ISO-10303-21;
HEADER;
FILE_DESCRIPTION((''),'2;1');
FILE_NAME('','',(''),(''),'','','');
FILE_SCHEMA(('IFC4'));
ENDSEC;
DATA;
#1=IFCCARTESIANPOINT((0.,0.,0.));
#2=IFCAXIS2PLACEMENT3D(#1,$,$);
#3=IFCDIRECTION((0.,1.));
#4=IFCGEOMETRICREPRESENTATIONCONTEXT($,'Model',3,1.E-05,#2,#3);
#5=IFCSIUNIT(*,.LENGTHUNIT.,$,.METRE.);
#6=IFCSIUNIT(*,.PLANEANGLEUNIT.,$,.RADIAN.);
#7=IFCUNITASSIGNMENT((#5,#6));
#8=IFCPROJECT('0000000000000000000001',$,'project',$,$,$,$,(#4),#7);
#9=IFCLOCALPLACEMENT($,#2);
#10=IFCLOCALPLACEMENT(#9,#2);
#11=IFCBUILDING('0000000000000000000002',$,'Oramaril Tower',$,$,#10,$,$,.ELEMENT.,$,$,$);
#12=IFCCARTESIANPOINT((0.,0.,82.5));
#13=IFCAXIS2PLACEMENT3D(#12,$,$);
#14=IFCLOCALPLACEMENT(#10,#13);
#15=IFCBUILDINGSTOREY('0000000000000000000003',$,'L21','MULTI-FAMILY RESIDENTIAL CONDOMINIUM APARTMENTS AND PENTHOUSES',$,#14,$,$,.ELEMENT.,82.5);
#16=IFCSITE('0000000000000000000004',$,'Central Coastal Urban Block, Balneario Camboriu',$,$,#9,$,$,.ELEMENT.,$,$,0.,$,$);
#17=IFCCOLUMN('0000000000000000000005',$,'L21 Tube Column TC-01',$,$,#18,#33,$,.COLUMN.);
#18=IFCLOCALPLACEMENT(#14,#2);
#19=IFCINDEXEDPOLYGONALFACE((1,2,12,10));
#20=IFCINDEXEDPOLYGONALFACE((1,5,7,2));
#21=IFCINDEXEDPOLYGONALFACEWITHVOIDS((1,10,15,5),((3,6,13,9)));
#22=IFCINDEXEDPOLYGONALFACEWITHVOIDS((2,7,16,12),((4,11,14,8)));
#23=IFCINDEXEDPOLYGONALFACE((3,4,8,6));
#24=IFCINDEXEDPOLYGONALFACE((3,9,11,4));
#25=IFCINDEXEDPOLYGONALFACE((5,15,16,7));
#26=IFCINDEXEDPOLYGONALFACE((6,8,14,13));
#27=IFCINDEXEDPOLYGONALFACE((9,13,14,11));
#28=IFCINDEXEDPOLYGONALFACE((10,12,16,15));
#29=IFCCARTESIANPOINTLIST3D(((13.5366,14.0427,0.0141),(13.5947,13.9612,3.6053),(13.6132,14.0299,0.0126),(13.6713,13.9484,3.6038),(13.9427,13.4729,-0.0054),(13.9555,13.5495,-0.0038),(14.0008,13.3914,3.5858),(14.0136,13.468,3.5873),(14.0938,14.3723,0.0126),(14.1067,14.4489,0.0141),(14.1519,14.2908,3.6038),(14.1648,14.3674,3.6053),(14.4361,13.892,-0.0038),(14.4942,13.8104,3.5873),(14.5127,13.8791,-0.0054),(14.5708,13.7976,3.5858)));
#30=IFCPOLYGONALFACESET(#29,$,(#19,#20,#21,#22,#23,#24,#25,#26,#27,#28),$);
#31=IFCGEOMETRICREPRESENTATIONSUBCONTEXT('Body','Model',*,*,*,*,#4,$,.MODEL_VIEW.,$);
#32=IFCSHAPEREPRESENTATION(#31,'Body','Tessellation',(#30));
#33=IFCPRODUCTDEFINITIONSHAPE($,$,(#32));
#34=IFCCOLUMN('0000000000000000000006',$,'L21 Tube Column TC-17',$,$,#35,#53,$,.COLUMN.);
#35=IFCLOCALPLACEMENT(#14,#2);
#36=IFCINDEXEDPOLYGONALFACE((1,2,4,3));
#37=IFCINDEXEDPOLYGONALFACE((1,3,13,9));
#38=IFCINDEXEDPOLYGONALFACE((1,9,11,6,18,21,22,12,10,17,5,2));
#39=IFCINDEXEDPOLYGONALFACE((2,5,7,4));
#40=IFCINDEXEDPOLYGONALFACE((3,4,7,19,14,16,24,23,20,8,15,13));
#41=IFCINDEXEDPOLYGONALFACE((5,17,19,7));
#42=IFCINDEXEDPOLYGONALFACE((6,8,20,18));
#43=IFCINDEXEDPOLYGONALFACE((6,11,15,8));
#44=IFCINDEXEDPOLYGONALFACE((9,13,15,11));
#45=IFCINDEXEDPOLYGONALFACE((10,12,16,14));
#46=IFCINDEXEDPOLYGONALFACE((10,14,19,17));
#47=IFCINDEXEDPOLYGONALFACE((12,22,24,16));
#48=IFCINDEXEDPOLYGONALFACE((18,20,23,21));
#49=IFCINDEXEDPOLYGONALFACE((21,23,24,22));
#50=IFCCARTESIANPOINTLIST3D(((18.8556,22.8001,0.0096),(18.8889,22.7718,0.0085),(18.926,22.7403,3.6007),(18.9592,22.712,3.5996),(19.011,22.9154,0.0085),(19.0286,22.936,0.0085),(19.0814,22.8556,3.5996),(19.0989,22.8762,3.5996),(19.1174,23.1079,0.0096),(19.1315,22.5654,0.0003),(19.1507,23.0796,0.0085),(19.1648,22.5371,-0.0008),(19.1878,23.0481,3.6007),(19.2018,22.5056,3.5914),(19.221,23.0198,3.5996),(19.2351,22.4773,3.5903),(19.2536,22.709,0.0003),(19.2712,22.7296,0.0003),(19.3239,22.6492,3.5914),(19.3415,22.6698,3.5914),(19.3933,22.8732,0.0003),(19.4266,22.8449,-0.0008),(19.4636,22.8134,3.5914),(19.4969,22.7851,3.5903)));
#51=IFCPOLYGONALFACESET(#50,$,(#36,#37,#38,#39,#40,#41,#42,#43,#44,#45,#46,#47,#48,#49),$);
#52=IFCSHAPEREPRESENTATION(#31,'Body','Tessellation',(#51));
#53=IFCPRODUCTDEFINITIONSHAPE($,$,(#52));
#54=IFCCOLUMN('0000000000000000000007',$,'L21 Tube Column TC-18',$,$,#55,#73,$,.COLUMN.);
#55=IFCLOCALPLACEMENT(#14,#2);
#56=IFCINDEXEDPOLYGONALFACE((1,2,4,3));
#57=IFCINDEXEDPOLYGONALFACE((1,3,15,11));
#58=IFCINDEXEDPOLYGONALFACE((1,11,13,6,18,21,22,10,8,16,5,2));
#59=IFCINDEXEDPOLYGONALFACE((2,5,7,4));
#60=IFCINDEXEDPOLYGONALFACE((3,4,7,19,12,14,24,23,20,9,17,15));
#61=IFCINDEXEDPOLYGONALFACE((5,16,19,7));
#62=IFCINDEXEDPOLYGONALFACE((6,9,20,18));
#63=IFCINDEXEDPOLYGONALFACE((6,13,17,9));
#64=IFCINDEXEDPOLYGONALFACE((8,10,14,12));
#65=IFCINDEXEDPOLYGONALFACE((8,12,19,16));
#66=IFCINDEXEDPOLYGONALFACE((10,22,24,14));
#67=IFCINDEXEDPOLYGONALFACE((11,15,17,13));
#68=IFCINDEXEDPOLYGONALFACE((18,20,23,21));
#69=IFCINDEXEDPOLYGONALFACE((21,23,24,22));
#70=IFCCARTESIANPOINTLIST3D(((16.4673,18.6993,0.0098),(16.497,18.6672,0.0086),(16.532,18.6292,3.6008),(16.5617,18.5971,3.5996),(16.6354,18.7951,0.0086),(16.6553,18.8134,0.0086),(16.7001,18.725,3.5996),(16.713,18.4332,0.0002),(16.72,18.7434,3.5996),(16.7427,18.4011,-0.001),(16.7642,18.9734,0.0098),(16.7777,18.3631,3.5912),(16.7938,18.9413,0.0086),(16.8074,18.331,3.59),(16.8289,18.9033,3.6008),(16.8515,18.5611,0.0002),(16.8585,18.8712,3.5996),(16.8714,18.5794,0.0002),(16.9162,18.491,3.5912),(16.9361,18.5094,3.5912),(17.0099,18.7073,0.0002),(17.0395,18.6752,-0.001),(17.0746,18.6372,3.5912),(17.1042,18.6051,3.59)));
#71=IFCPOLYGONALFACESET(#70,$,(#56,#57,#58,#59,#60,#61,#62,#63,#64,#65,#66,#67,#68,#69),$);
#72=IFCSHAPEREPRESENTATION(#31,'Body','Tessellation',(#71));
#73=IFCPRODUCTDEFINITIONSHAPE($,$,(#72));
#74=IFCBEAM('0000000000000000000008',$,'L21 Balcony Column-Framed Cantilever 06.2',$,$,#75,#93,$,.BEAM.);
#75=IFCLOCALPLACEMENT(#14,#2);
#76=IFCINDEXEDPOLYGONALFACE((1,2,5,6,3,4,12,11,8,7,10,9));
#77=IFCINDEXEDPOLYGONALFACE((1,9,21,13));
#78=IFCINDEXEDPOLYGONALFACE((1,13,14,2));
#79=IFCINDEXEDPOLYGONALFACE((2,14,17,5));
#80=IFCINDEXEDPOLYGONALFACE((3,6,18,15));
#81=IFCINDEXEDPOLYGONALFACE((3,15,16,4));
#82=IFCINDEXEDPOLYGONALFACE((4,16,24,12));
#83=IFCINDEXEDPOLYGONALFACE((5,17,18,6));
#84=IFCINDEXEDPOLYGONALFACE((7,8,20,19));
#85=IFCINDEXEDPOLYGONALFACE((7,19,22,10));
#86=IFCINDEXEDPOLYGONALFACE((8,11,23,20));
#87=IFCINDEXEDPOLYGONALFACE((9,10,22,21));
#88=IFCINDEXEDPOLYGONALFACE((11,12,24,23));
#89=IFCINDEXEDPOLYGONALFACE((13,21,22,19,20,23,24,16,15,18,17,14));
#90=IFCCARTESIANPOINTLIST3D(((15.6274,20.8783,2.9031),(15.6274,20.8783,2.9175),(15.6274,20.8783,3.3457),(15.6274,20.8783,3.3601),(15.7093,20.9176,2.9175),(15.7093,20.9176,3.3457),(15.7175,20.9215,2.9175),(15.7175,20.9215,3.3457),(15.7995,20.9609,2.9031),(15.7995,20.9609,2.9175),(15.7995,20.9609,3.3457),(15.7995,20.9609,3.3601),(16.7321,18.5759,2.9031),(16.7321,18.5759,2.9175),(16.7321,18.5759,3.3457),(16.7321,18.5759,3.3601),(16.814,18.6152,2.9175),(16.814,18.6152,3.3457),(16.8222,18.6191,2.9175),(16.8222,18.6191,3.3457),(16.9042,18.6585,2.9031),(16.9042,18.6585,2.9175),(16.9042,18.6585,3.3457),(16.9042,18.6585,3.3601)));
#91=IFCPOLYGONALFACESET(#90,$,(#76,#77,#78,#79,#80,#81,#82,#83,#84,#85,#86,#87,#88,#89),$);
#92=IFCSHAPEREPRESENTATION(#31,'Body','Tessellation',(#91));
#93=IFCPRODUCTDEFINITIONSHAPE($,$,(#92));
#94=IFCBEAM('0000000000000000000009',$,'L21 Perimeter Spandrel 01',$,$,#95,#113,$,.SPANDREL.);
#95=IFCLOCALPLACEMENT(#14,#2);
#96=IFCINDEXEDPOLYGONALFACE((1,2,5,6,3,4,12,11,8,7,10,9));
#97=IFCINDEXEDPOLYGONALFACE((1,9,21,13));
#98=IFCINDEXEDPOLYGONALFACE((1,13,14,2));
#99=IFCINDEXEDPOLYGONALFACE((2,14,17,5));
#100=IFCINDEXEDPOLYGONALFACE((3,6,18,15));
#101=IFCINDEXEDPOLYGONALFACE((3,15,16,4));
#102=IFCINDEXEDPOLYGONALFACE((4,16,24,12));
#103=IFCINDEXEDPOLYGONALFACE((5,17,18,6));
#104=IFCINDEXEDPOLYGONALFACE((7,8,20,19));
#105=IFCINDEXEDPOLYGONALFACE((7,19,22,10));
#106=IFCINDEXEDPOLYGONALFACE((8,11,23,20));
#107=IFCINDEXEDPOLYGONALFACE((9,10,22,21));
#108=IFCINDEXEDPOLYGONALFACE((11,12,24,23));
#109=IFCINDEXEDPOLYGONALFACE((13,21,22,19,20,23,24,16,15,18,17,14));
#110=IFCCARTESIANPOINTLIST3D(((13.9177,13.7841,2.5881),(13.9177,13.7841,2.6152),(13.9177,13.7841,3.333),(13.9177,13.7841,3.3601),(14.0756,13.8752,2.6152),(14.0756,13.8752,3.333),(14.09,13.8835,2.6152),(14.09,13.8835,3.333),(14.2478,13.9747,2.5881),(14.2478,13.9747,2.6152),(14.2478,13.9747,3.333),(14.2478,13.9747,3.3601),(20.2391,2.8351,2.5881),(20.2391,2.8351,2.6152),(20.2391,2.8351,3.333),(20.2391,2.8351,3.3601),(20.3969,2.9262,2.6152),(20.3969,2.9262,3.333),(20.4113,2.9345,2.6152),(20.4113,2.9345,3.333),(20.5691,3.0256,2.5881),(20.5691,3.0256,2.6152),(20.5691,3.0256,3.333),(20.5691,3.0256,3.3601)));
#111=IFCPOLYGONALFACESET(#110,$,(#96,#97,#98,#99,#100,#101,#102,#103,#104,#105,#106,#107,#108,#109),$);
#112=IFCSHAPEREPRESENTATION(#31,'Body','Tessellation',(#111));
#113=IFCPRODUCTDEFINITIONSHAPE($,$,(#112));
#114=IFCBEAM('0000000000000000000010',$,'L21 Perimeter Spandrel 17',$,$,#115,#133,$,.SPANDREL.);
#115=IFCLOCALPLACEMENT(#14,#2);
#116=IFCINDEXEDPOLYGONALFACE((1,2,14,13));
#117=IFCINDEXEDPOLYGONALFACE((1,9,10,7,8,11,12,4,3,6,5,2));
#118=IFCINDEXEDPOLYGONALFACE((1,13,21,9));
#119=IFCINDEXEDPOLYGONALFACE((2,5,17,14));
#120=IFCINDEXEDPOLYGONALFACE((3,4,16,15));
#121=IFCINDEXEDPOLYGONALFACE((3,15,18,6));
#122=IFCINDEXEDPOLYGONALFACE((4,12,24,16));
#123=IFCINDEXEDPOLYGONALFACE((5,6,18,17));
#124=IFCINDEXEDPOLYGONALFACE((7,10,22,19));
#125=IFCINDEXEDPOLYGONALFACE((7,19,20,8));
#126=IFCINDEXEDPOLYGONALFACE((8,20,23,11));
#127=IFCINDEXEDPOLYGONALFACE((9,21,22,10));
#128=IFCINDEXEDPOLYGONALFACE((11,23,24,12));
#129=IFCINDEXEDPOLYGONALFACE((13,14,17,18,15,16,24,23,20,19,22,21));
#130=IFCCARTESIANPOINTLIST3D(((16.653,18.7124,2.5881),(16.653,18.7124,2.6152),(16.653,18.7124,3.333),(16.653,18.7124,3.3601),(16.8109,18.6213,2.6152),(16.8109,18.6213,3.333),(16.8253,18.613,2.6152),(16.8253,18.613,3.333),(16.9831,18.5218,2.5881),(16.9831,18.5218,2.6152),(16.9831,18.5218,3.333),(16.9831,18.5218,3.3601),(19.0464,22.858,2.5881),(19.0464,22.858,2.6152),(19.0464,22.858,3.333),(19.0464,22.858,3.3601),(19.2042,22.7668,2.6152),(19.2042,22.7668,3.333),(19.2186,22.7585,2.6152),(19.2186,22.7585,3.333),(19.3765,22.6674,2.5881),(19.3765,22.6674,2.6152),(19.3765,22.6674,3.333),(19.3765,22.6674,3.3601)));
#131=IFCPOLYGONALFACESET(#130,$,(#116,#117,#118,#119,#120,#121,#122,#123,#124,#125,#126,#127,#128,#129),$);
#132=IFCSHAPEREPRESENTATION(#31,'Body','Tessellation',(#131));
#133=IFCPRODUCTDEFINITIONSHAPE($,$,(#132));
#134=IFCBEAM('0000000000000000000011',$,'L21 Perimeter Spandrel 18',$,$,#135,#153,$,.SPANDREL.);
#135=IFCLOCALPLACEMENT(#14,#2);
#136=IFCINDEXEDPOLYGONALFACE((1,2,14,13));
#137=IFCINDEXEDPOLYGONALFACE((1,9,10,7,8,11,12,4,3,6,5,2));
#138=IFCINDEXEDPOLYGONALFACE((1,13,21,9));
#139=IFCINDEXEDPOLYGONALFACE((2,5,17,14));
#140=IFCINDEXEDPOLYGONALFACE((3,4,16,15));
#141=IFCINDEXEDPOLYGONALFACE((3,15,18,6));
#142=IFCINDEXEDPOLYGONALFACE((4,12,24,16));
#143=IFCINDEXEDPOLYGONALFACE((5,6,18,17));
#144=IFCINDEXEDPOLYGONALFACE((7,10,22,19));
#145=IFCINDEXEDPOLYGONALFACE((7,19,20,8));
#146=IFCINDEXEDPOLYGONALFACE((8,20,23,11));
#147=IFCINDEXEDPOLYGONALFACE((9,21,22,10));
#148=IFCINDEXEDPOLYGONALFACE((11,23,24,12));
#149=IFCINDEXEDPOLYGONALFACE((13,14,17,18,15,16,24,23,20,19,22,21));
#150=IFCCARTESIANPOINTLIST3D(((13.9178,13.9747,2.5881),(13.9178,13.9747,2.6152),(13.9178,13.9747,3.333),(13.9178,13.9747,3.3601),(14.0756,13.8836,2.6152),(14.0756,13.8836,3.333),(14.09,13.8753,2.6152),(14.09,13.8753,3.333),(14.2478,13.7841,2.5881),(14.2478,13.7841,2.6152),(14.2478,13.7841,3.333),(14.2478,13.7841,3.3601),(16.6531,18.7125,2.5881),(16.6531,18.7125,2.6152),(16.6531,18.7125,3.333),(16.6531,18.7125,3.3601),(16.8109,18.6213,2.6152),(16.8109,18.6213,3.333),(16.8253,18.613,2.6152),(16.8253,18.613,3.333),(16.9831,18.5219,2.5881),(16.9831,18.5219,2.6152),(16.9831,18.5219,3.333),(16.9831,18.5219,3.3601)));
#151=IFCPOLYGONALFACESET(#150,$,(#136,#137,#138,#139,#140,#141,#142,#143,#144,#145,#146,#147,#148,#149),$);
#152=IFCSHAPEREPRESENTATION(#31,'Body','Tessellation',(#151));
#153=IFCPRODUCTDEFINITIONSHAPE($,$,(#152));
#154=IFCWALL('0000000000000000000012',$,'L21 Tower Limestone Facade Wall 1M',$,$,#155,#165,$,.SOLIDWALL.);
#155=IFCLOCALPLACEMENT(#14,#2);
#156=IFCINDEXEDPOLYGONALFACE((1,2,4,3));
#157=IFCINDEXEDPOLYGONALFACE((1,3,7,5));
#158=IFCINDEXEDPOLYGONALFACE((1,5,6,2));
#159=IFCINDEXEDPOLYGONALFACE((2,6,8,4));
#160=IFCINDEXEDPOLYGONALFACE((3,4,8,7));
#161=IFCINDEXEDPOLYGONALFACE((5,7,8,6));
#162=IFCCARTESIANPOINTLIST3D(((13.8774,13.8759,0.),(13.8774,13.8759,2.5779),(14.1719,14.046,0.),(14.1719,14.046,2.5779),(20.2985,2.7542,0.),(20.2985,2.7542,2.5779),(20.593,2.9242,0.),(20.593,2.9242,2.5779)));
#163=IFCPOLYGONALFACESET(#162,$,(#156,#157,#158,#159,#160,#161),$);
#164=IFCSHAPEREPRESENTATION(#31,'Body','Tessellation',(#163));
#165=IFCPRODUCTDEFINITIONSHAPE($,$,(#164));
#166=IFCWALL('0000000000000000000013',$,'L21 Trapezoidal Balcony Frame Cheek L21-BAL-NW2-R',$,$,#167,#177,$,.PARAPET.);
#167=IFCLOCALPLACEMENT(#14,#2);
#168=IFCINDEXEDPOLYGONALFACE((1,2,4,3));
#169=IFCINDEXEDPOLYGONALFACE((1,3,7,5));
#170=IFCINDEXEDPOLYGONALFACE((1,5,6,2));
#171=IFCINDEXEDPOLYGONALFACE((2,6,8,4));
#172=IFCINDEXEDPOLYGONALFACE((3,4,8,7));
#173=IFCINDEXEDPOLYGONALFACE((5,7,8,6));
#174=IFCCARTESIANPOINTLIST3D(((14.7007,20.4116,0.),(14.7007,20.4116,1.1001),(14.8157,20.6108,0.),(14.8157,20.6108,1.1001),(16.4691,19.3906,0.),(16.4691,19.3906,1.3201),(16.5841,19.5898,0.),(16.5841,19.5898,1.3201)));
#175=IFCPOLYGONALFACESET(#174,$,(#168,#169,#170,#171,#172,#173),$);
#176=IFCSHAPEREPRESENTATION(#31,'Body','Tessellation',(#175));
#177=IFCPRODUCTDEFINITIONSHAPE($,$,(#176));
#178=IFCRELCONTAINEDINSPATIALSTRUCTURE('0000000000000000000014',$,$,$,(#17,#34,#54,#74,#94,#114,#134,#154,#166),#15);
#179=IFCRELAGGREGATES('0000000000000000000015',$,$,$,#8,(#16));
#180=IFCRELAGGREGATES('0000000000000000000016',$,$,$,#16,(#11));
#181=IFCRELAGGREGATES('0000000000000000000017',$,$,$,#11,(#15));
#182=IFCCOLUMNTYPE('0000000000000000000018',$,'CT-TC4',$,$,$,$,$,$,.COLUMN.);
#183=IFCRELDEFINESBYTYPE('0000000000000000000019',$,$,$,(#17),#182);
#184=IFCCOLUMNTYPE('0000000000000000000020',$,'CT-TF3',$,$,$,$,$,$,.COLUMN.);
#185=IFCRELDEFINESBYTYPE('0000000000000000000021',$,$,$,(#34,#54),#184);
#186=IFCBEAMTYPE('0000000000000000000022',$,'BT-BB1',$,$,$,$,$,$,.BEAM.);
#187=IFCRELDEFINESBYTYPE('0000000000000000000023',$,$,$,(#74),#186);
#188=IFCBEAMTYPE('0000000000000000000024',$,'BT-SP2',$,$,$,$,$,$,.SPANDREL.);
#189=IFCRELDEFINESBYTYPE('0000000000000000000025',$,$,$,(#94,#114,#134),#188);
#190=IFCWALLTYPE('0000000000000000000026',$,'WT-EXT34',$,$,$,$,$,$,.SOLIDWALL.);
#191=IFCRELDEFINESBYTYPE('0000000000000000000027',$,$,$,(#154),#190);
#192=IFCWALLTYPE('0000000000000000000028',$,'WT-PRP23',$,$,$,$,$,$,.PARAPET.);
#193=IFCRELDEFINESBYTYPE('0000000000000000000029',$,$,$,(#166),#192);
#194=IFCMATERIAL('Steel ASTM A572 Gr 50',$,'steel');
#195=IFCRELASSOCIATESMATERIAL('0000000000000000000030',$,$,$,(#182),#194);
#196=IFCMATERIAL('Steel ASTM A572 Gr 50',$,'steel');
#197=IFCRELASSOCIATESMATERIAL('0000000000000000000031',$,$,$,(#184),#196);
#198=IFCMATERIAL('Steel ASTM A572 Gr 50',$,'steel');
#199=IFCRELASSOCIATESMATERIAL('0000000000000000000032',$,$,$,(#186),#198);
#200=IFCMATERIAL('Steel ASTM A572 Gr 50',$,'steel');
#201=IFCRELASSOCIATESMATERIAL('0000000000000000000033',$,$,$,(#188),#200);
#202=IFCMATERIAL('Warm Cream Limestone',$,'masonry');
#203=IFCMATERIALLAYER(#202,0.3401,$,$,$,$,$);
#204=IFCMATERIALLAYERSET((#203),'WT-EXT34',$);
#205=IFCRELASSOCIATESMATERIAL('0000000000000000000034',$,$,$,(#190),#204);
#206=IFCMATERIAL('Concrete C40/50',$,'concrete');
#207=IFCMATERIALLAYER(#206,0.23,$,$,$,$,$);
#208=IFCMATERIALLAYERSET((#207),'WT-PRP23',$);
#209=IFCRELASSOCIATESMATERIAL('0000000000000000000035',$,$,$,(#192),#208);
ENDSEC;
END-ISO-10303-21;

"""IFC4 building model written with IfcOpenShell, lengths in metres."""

from ifc_helpers import new_model, si_unit, direction, frame, frame_2d, origin, origin_2d, place, context, subcontext, project, spatial, polyline, rectangle, hollow_rectangle, i_section, outline, extrude, material, layer, layer_set, material_profile, profile_set, type_object, element, save


model = new_model("IFC4")

# Units and contexts
model_context = context("Model", 3, precision=1e-05, world=origin(), true_north=direction((0.0, 1.0)))
body_context = subcontext(model_context, "Body", "Model", "MODEL_VIEW")
ifc_project = project(units=[si_unit("LENGTHUNIT", "METRE"), si_unit("PLANEANGLEUNIT", "RADIAN")], contexts=[model_context])

# Site, building, storey
site_placement = place(None, origin())
site = spatial("IfcSite", under=ifc_project, at=site_placement, Name="Central Coastal Urban Block, Balneario Camboriu", CompositionType="ELEMENT", RefElevation=0.0)
building_placement = place(site_placement, origin())
building = spatial("IfcBuilding", under=site, at=building_placement, Name="Oramaril Tower", CompositionType="ELEMENT")
storey_placement = place(building_placement, frame((0.0, 0.0, 82.5)))
storey = spatial("IfcBuildingStorey", under=building, at=storey_placement, Name="L21", Description="MULTI-FAMILY RESIDENTIAL CONDOMINIUM APARTMENTS AND PENTHOUSES", CompositionType="ELEMENT", Elevation=82.5)

# Columns
ifc_material_1 = material(Name="Steel ASTM A572 Gr 50", Category="steel")
ifc_material_profile_1 = material_profile(ifc_material_1, hollow_rectangle(XDim=0.7, YDim=0.7, WallThickness=0.0549, at=origin_2d()), Name="BOX700X700X55")
ifc_profile_set_1 = profile_set([ifc_material_profile_1], Name="Steel ASTM A572 Gr 50")
column_type_1 = type_object("IfcColumnType", Name="CT-TC4", PredefinedType="COLUMN", material=ifc_profile_set_1)
column_placement = place(storey_placement, frame((14.0247, 13.9609, 0.0044), z_axis=(0.016174, -0.022698, 0.999612), x_axis=(0.814392, 0.580315, 0.0)))
element("IfcColumn", 1, at=column_placement, inside=storey, type_object=column_type_1, Name="L21 Tube Column TC-01", PredefinedType="COLUMN", context=body_context, shape_type="SweptSolid", body=[
    extrude(hollow_rectangle(XDim=0.7, YDim=0.7, WallThickness=0.0549, at=origin_2d()), origin(), (0.0, 0.0, 1.0), 3.5925),
])
ifc_material_2 = material(Name="Steel ASTM A572 Gr 50", Category="steel")
ifc_material_profile_2 = material_profile(ifc_material_2, i_section(OverallWidth=0.4041, OverallDepth=0.406, WebThickness=0.0271, FlangeThickness=0.0437, at=origin_2d()), Name="W14X233")
ifc_profile_set_2 = profile_set([ifc_material_profile_2], Name="Steel ASTM A572 Gr 50")
column_type_2 = type_object("IfcColumnType", Name="CT-TF3", PredefinedType="COLUMN", material=ifc_profile_set_2)
for number, where, z_axis, x_axis, name in (
    (2, (19.1411, 22.8225, 0.0044), (0.019573, -0.016651, 0.99967), (0.647955, 0.761678, 0.0), "L21 Tube Column TC-17"),
    (3, (16.7534, 18.6873, 0.0044), (0.01801, -0.019505, 0.999648), (0.734705, 0.678386, 0.0), "L21 Tube Column TC-18"),
):
    element("IfcColumn", number, at=place(storey_placement, frame(where, z_axis=z_axis, x_axis=x_axis)), inside=storey, type_object=column_type_2, Name=name, PredefinedType="COLUMN", context=body_context, shape_type="SweptSolid", body=[
        extrude(i_section(OverallWidth=0.4041, OverallDepth=0.406, WebThickness=0.0271, FlangeThickness=0.0437, at=origin_2d()), origin(), (0.0, 0.0, 1.0), 3.5923),
    ])

# Beams
ifc_material_3 = material(Name="Steel ASTM A572 Gr 50", Category="steel")
ifc_material_profile_3 = material_profile(ifc_material_3, i_section(OverallWidth=0.1909, OverallDepth=0.457, WebThickness=0.009, FlangeThickness=0.0144, at=origin_2d()), Name="W18X50")
ifc_profile_set_3 = profile_set([ifc_material_profile_3], Name="Steel ASTM A572 Gr 50")
beam_type_1 = type_object("IfcBeamType", Name="BT-BB1", PredefinedType="BEAM", material=ifc_profile_set_3)
beam_1_placement = place(storey_placement, frame((16.8181, 18.6172, 3.1316), z_axis=(-0.432585, 0.901593, 0.0), x_axis=(-0.901593, -0.432585, 0.0)))
element("IfcBeam", 4, at=beam_1_placement, inside=storey, type_object=beam_type_1, Name="L21 Balcony Column-Framed Cantilever 06.2", PredefinedType="BEAM", context=body_context, shape_type="SweptSolid", body=[
    extrude(i_section(OverallWidth=0.1909, OverallDepth=0.457, WebThickness=0.009, FlangeThickness=0.0144, at=origin_2d()), origin(), (0.0, 0.0, 1.0), 2.5537),
])
ifc_material_4 = material(Name="Steel ASTM A572 Gr 50", Category="steel")
ifc_material_profile_4 = material_profile(ifc_material_4, i_section(OverallWidth=0.3811, OverallDepth=0.772, WebThickness=0.0166, FlangeThickness=0.0271, at=origin_2d()), Name="W30X173")
ifc_profile_set_4 = profile_set([ifc_material_profile_4], Name="Steel ASTM A572 Gr 50")
beam_type_2 = type_object("IfcBeamType", Name="BT-SP2", PredefinedType="SPANDREL", material=ifc_profile_set_4)
beam_2_placement = place(storey_placement, frame((14.0828, 13.8794, 2.9741), z_axis=(0.499994, -0.866029, 0.0), x_axis=(0.866029, 0.499994, 0.0)))
element("IfcBeam", 5, at=beam_2_placement, inside=storey, type_object=beam_type_2, Name="L21 Perimeter Spandrel 01", PredefinedType="SPANDREL", context=body_context, shape_type="SweptSolid", body=[
    extrude(i_section(OverallWidth=0.3811, OverallDepth=0.772, WebThickness=0.0166, FlangeThickness=0.0271, at=origin_2d()), origin(), (0.0, 0.0, 1.0), 12.6428),
])
beam_3_placement = place(storey_placement, frame((19.2114, 22.7627, 2.9741), z_axis=(-0.499984, -0.866034, 0.0), x_axis=(0.866034, -0.499984, 0.0)))
element("IfcBeam", 6, at=beam_3_placement, inside=storey, type_object=beam_type_2, Name="L21 Perimeter Spandrel 17", PredefinedType="SPANDREL", context=body_context, shape_type="SweptSolid", body=[
    extrude(i_section(OverallWidth=0.3811, OverallDepth=0.772, WebThickness=0.0166, FlangeThickness=0.0271, at=origin_2d()), origin(), (0.0, 0.0, 1.0), 4.7869),
])
beam_4_placement = place(storey_placement, frame((16.8181, 18.6172, 2.9741), z_axis=(-0.499998, -0.866027, 0.0), x_axis=(0.866027, -0.499998, 0.0)))
element("IfcBeam", 7, at=beam_4_placement, inside=storey, type_object=beam_type_2, Name="L21 Perimeter Spandrel 18", PredefinedType="SPANDREL", context=body_context, shape_type="SweptSolid", body=[
    extrude(i_section(OverallWidth=0.3811, OverallDepth=0.772, WebThickness=0.0166, FlangeThickness=0.0271, at=origin_2d()), origin(), (0.0, 0.0, 1.0), 5.4707),
])

# Walls
ifc_material_5 = material(Name="Warm Cream Limestone", Category="masonry")
ifc_layer_1 = layer(ifc_material_5, 0.3401)
ifc_layer_set_1 = layer_set([ifc_layer_1], Name="WT-EXT34")
wall_type_1 = type_object("IfcWallType", Name="WT-EXT34", PredefinedType="SOLIDWALL", material=ifc_layer_set_1)
wall_1_placement = place(storey_placement, frame((14.0247, 13.9609, 0.0), z_axis=(0.0, 0.0, 1.0), x_axis=(0.499997, -0.866027, 0.0)))
element("IfcWall", 8, at=wall_1_placement, inside=storey, type_object=wall_type_1, Name="L21 Tower Limestone Facade Wall 1M", PredefinedType="SOLIDWALL", context=body_context, shape_type="SweptSolid", body=[
    extrude(rectangle(XDim=12.8423, YDim=0.3401, at=frame_2d((6.4211, 0.0))), origin(), (0.0, 0.0, 1.0), 2.5779),
])
ifc_material_6 = material(Name="Concrete C40/50", Category="concrete")
ifc_layer_2 = layer(ifc_material_6, 0.23)
ifc_layer_set_2 = layer_set([ifc_layer_2], Name="WT-PRP23")
wall_type_2 = type_object("IfcWallType", Name="WT-PRP23", PredefinedType="PARAPET", material=ifc_layer_set_2)
wall_2_placement = place(storey_placement, frame((16.5266, 19.4902, 0.0), z_axis=(0.0, 0.0, 1.0), x_axis=(-0.866042, 0.499971, 0.0)))
element("IfcWall", 9, at=wall_2_placement, inside=storey, type_object=wall_type_2, Name="L21 Trapezoidal Balcony Frame Cheek L21-BAL-NW2-R", PredefinedType="PARAPET", context=body_context, shape_type="SweptSolid", body=[
    extrude(outline(polyline([(0.0, 0.0), (2.042, 0.0), (2.042, 1.1001), (0.0, 1.3201), (0.0, 0.0)])), frame((0.0, 0.115, 0.0), z_axis=(0.0, -1.0, 0.0), x_axis=(1.0, 0.0, 0.0)), (0.0, 0.0, 1.0), 0.23),
])

save(model, "model.ifc")
